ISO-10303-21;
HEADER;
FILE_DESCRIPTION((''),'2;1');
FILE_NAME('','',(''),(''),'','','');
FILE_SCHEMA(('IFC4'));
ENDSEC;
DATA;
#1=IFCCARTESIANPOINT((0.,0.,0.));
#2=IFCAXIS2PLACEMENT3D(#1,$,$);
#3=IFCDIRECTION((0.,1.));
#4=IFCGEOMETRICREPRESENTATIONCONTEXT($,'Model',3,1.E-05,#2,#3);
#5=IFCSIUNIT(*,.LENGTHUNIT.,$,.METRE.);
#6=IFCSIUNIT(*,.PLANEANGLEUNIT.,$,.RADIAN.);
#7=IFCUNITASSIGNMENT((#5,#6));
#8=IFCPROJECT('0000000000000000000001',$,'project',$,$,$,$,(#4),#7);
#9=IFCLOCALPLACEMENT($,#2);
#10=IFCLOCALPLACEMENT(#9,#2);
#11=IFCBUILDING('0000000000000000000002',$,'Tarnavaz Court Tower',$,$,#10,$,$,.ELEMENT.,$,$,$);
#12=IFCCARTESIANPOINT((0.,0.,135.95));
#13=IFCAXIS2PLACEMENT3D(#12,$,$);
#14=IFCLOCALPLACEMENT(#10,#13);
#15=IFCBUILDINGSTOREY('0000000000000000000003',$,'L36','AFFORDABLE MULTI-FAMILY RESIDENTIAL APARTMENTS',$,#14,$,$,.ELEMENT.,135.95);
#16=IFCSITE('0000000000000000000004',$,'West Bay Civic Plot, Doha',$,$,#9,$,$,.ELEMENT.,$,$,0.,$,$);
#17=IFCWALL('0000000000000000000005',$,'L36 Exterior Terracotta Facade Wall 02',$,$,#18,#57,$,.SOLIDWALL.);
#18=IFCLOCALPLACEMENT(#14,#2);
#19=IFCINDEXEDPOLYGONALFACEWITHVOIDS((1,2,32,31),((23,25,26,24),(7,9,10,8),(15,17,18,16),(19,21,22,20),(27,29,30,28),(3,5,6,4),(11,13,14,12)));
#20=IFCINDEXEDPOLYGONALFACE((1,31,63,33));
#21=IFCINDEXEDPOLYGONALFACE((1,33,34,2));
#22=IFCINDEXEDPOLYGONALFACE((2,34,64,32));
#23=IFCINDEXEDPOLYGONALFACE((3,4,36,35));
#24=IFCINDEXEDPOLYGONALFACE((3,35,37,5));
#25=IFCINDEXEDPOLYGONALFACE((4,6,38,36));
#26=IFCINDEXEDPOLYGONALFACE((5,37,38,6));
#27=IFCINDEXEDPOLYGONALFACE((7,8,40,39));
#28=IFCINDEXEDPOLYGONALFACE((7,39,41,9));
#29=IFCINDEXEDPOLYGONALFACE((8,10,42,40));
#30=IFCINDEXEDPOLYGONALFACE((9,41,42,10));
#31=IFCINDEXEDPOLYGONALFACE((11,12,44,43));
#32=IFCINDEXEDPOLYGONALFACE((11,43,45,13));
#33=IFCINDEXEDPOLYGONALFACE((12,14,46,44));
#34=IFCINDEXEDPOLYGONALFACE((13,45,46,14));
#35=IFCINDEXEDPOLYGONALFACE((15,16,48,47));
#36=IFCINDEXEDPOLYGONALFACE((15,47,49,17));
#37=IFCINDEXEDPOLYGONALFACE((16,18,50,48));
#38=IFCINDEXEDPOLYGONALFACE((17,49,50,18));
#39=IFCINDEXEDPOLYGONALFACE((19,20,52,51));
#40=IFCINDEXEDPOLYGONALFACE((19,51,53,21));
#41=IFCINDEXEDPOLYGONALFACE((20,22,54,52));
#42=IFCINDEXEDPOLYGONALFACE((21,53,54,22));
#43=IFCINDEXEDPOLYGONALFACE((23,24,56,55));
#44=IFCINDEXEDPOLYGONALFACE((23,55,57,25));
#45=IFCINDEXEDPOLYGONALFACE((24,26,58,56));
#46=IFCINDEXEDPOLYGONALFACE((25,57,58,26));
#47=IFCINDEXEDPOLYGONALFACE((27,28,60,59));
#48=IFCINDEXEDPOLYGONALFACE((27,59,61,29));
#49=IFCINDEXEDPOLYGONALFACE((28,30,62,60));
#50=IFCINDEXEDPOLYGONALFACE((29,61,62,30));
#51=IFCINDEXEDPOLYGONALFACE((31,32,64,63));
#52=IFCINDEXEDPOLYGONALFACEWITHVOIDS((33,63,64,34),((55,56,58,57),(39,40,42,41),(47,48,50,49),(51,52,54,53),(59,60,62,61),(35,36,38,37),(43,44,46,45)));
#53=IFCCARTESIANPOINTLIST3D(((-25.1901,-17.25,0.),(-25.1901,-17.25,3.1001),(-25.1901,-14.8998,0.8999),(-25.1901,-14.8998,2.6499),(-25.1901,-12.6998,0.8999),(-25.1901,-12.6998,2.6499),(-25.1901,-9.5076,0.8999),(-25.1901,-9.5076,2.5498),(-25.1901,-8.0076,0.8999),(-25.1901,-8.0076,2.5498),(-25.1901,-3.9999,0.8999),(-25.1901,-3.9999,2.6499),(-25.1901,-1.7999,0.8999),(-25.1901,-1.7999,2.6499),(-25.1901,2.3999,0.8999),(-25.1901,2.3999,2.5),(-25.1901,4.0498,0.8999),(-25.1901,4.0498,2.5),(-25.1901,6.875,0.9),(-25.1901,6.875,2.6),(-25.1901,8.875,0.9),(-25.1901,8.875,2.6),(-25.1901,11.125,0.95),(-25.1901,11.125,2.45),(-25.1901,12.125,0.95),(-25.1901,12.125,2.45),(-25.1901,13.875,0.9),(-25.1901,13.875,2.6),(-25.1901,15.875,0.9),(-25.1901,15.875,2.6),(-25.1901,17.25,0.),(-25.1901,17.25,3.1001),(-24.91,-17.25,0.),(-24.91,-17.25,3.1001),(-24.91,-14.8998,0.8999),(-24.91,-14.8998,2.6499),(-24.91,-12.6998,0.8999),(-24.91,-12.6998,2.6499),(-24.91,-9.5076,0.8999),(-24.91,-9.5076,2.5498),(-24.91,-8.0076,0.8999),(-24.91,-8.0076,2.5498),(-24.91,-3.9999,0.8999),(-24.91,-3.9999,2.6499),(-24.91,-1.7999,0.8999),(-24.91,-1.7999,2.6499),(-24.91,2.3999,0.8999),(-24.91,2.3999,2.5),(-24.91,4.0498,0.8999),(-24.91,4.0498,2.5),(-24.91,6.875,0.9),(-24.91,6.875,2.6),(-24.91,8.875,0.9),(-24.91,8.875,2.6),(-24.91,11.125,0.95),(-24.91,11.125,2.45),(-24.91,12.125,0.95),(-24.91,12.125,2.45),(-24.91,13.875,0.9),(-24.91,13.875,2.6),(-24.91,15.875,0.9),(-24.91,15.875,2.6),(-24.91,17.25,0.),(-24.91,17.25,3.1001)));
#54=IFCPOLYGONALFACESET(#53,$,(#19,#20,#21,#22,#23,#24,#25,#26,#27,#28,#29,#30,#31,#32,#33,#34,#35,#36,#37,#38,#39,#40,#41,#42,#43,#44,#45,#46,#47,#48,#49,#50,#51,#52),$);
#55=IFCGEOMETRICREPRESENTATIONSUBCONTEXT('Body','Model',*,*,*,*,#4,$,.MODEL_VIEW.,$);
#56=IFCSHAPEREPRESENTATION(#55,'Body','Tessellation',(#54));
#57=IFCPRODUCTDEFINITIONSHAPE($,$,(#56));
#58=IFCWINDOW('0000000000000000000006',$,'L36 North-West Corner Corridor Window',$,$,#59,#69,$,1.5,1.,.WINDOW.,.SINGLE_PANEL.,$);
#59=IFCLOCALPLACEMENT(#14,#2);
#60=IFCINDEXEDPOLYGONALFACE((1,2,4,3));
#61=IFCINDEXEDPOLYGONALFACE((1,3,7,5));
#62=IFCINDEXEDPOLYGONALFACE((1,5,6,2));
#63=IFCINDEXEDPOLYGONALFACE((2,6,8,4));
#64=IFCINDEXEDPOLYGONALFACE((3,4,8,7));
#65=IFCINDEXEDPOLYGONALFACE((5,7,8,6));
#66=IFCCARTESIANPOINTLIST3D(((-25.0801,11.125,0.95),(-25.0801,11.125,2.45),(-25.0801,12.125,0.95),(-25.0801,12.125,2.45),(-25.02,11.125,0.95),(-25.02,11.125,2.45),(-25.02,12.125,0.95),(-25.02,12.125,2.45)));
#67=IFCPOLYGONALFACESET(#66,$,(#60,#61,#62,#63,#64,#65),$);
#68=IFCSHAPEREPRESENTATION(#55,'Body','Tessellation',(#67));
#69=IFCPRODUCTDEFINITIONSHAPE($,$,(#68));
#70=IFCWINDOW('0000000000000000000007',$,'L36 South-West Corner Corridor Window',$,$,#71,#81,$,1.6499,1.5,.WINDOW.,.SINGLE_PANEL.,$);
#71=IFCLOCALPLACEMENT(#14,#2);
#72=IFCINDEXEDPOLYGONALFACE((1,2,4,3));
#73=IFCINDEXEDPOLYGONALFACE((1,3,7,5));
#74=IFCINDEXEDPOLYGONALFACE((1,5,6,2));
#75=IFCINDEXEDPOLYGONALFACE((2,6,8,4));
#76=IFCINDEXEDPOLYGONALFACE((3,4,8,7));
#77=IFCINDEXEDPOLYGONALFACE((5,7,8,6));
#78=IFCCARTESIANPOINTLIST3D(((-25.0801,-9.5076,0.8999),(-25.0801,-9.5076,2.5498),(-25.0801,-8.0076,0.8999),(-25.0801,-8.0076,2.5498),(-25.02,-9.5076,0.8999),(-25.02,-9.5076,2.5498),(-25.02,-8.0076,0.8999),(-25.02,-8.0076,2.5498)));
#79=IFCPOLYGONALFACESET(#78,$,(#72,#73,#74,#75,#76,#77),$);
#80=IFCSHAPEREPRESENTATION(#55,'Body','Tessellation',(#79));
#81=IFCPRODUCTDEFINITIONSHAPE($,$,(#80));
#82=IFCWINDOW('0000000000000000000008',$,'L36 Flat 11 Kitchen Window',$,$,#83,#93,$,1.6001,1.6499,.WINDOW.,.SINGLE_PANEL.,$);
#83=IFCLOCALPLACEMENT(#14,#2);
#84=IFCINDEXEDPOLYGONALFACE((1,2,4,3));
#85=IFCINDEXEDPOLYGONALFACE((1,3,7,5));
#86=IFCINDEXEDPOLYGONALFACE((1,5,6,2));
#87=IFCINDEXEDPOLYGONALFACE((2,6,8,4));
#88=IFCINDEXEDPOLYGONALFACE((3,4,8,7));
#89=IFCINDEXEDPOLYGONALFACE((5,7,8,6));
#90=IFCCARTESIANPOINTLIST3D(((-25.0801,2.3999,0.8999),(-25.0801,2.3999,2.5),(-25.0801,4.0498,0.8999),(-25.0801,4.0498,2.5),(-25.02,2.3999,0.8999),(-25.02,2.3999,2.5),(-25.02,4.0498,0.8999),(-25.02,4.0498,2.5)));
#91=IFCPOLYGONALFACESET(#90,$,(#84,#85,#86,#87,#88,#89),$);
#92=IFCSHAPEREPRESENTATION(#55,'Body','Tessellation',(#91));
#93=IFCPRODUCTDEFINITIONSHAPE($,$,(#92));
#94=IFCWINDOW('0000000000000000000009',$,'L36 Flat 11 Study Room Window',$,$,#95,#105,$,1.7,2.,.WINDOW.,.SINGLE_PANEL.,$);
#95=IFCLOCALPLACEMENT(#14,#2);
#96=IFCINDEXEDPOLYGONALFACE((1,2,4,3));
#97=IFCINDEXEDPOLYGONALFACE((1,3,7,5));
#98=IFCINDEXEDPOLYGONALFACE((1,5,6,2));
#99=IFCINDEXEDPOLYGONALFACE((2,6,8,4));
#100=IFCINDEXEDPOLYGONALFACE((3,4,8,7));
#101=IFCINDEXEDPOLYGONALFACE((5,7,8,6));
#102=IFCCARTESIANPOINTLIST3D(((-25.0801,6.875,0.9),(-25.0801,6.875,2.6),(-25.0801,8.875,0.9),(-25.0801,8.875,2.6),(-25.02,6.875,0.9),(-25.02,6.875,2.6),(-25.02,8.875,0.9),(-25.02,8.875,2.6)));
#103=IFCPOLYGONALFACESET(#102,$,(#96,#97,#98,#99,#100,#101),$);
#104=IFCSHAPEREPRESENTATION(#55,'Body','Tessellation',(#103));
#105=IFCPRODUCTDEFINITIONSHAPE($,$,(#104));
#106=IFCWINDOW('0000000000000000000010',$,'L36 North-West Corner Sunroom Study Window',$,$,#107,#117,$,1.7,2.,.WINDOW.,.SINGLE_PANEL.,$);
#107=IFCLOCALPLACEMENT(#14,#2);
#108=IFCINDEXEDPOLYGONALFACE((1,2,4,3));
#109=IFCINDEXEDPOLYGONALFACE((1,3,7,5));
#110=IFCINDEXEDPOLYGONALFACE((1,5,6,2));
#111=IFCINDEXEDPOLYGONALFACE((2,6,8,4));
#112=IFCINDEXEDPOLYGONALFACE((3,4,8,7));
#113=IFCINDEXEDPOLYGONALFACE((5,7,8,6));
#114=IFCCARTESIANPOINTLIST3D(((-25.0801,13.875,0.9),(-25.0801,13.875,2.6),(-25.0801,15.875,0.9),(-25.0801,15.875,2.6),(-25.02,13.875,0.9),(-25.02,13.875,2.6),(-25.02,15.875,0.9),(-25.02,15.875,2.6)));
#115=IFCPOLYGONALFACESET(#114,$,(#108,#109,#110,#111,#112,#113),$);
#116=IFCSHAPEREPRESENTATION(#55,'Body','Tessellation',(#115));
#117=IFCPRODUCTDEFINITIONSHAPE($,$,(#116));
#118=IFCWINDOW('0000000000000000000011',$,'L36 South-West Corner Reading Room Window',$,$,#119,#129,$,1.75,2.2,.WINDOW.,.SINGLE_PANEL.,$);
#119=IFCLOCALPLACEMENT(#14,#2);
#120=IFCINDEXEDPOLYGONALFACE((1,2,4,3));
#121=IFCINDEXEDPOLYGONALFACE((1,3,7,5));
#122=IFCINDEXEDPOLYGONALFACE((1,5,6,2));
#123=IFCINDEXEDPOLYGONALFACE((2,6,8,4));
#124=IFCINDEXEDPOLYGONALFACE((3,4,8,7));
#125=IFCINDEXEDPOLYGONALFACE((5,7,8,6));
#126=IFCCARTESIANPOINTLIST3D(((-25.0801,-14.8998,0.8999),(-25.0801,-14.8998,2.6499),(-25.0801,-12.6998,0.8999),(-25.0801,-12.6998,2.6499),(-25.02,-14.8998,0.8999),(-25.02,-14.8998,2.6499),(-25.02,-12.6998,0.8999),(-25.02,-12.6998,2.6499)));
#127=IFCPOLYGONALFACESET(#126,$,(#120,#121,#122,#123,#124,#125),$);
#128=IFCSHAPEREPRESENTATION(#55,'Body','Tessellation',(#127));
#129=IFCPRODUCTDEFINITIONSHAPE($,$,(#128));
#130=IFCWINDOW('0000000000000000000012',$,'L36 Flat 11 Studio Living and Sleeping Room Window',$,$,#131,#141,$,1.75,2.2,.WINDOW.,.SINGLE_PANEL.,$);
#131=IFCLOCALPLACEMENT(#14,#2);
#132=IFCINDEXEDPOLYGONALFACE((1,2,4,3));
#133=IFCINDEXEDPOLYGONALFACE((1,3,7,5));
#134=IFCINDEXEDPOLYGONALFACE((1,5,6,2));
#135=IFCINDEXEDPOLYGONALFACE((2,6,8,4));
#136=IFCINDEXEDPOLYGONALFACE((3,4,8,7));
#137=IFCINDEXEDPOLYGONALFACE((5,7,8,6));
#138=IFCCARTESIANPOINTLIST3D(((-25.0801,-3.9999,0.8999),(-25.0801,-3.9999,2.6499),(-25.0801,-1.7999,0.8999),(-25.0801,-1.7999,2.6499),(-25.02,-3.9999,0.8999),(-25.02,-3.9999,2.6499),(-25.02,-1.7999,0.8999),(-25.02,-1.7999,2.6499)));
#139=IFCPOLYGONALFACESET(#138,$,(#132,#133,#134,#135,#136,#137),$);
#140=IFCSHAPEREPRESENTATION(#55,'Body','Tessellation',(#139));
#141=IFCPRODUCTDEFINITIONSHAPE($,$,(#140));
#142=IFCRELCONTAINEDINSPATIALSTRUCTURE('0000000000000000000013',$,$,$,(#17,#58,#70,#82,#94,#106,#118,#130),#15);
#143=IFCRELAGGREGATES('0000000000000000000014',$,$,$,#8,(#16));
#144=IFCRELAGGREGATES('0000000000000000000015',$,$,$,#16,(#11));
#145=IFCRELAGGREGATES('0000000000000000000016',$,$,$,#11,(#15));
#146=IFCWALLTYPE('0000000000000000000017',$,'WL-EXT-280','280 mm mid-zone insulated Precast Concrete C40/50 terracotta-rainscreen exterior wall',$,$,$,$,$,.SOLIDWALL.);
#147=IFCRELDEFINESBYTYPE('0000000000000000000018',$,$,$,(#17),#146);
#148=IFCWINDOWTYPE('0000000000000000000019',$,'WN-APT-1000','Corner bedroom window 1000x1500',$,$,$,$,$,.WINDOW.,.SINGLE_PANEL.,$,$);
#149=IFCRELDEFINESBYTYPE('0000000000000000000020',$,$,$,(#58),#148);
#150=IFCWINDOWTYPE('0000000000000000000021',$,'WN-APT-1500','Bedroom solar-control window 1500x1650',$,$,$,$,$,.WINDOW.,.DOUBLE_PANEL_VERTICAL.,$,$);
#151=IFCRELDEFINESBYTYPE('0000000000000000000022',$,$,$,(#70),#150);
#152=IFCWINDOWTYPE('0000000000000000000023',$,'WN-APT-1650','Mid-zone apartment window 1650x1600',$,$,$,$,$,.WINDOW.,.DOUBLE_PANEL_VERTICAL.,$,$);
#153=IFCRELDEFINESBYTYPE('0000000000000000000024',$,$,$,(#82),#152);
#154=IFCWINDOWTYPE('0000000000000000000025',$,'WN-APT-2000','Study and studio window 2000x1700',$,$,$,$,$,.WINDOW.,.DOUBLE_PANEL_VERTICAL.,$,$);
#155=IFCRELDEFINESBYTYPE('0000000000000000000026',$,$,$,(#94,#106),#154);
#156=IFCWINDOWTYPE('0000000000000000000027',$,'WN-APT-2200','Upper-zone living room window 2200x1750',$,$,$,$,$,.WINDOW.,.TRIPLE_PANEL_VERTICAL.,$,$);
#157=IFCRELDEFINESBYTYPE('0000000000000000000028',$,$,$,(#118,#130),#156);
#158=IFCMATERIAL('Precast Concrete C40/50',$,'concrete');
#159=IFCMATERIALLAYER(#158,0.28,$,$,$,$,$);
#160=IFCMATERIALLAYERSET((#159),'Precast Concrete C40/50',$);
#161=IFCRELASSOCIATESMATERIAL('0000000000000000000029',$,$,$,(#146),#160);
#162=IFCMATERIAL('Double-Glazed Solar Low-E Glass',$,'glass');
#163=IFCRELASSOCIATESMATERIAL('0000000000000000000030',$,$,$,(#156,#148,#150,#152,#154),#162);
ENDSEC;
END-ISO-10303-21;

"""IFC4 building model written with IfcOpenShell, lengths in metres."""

from ifc_helpers import new_model, si_unit, direction, frame, frame_2d, origin, place, context, subcontext, project, spatial, rectangle, extrude, material, layer, layer_set, type_object, element, fill, save


model = new_model("IFC4")

# Units and contexts
model_context = context("Model", 3, precision=1e-05, world=origin(), true_north=direction((0.0, 1.0)))
body_context = subcontext(model_context, "Body", "Model", "MODEL_VIEW")
ifc_project = project(units=[si_unit("LENGTHUNIT", "METRE"), si_unit("PLANEANGLEUNIT", "RADIAN")], contexts=[model_context])

# Site, building, storey
site_placement = place(None, origin())
site = spatial("IfcSite", under=ifc_project, at=site_placement, Name="West Bay Civic Plot, Doha", CompositionType="ELEMENT", RefElevation=0.0)
building_placement = place(site_placement, origin())
building = spatial("IfcBuilding", under=site, at=building_placement, Name="Tarnavaz Court Tower", CompositionType="ELEMENT")
storey_placement = place(building_placement, frame((0.0, 0.0, 135.95)))
storey = spatial("IfcBuildingStorey", under=building, at=storey_placement, Name="L36", Description="AFFORDABLE MULTI-FAMILY RESIDENTIAL APARTMENTS", CompositionType="ELEMENT", Elevation=135.95)

# Shared definitions
ifc_material_1 = material(Name="Precast Concrete C40/50", Category="concrete")
ifc_layer_1 = layer(ifc_material_1, 0.28)
ifc_layer_set_1 = layer_set([ifc_layer_1], Name="Precast Concrete C40/50")
wall_type_1 = type_object("IfcWallType", Name="WL-EXT-280", Description="280 mm mid-zone insulated Precast Concrete C40/50 terracotta-rainscreen exterior wall", PredefinedType="SOLIDWALL", material=ifc_layer_set_1)
ifc_material_2 = material(Name="Double-Glazed Solar Low-E Glass", Category="glass")
window_type_1 = type_object("IfcWindowType", Name="WN-APT-2200", Description="Upper-zone living room window 2200x1750", PartitioningType="TRIPLE_PANEL_VERTICAL", PredefinedType="WINDOW", material=ifc_material_2)

# Wall, openings, windows
wall_1_placement = place(storey_placement, frame((-25.05, -17.25, 0.0), z_axis=(0.0, 0.0, 1.0), x_axis=(0.0, 1.0, 0.0)))
wall_1 = element("IfcWall", 1, at=wall_1_placement, inside=storey, type_object=wall_type_1, Name="L36 Exterior Terracotta Facade Wall 02", PredefinedType="SOLIDWALL", context=body_context, shape_type="SweptSolid", body=[
    extrude(rectangle(XDim=34.5, YDim=0.28, at=frame_2d((17.25, 0.0))), origin(), (0.0, 0.0, 1.0), 3.1001),
])
opening_1_placement = place(wall_1_placement, frame((2.3501, 0.0, 0.8999)))
opening_1 = element("IfcOpeningElement", 2, at=opening_1_placement, cuts=wall_1, PredefinedType="OPENING", context=body_context, shape_type="SweptSolid", body=[
    extrude(rectangle(XDim=2.2, YDim=1.75, at=frame_2d((1.1001, 0.875))), frame((0.0, 0.1499, 0.0), z_axis=(0.0, -1.0, 0.0), x_axis=(1.0, 0.0, 0.0)), (0.0, 0.0, 1.0), 0.3),
])
opening_2_placement = place(wall_1_placement, frame((7.7424, 0.0, 0.8999)))
opening_2 = element("IfcOpeningElement", 3, at=opening_2_placement, cuts=wall_1, PredefinedType="OPENING", context=body_context, shape_type="SweptSolid", body=[
    extrude(rectangle(XDim=1.5, YDim=1.6499, at=frame_2d((0.75, 0.825))), frame((0.0, 0.1499, 0.0), z_axis=(0.0, -1.0, 0.0), x_axis=(1.0, 0.0, 0.0)), (0.0, 0.0, 1.0), 0.3),
])
opening_3_placement = place(wall_1_placement, frame((13.25, 0.0, 0.8999)))
opening_3 = element("IfcOpeningElement", 4, at=opening_3_placement, cuts=wall_1, PredefinedType="OPENING", context=body_context, shape_type="SweptSolid", body=[
    extrude(rectangle(XDim=2.2, YDim=1.75, at=frame_2d((1.1001, 0.875))), frame((0.0, 0.1499, 0.0), z_axis=(0.0, -1.0, 0.0), x_axis=(1.0, 0.0, 0.0)), (0.0, 0.0, 1.0), 0.3),
])
opening_4_placement = place(wall_1_placement, frame((19.6499, 0.0, 0.8999)))
opening_4 = element("IfcOpeningElement", 5, at=opening_4_placement, cuts=wall_1, PredefinedType="OPENING", context=body_context, shape_type="SweptSolid", body=[
    extrude(rectangle(XDim=1.6499, YDim=1.6001, at=frame_2d((0.825, 0.8))), frame((0.0, 0.1499, 0.0), z_axis=(0.0, -1.0, 0.0), x_axis=(1.0, 0.0, 0.0)), (0.0, 0.0, 1.0), 0.3),
])
opening_5_placement = place(wall_1_placement, frame((24.125, 0.0, 0.8999)))
opening_5 = element("IfcOpeningElement", 6, at=opening_5_placement, cuts=wall_1, PredefinedType="OPENING", context=body_context, shape_type="SweptSolid", body=[
    extrude(rectangle(XDim=2.0, YDim=1.7, at=frame_2d((1.0, 0.8501))), frame((0.0, 0.1499, 0.0), z_axis=(0.0, -1.0, 0.0), x_axis=(1.0, 0.0, 0.0)), (0.0, 0.0, 1.0), 0.3),
])
opening_6_placement = place(wall_1_placement, frame((28.375, 0.0, 0.95)))
opening_6 = element("IfcOpeningElement", 7, at=opening_6_placement, cuts=wall_1, PredefinedType="OPENING", context=body_context, shape_type="SweptSolid", body=[
    extrude(rectangle(XDim=1.0, YDim=1.5, at=frame_2d((0.5, 0.75))), frame((0.0, 0.1499, 0.0), z_axis=(0.0, -1.0, 0.0), x_axis=(1.0, 0.0, 0.0)), (0.0, 0.0, 1.0), 0.3),
])
opening_7_placement = place(wall_1_placement, frame((31.125, 0.0, 0.8999)))
opening_7 = element("IfcOpeningElement", 8, at=opening_7_placement, cuts=wall_1, PredefinedType="OPENING", context=body_context, shape_type="SweptSolid", body=[
    extrude(rectangle(XDim=2.0, YDim=1.7, at=frame_2d((1.0, 0.8501))), frame((0.0, 0.1499, 0.0), z_axis=(0.0, -1.0, 0.0), x_axis=(1.0, 0.0, 0.0)), (0.0, 0.0, 1.0), 0.3),
])
window_type_2 = type_object("IfcWindowType", Name="WN-APT-1000", Description="Corner bedroom window 1000x1500", PartitioningType="SINGLE_PANEL", PredefinedType="WINDOW", material=ifc_material_2)
window_1_placement = place(opening_6_placement, origin())
window_1 = element("IfcWindow", 9, at=window_1_placement, inside=storey, type_object=window_type_2, Name="L36 North-West Corner Corridor Window", OverallHeight=1.5, OverallWidth=1.0, PartitioningType="SINGLE_PANEL", PredefinedType="WINDOW", context=body_context, shape_type="SweptSolid", body=[
    extrude(rectangle(XDim=1.0, YDim=1.5, at=frame_2d((0.5, 0.75))), frame((0.0, 0.03, 0.0), z_axis=(0.0, -1.0, 0.0), x_axis=(1.0, 0.0, 0.0)), (0.0, 0.0, 1.0), 0.0601),
])
fill(opening_6, window_1)
window_type_3 = type_object("IfcWindowType", Name="WN-APT-1500", Description="Bedroom solar-control window 1500x1650", PartitioningType="DOUBLE_PANEL_VERTICAL", PredefinedType="WINDOW", material=ifc_material_2)
window_2_placement = place(opening_2_placement, origin())
window_2 = element("IfcWindow", 10, at=window_2_placement, inside=storey, type_object=window_type_3, Name="L36 South-West Corner Corridor Window", OverallHeight=1.6499, OverallWidth=1.5, PartitioningType="SINGLE_PANEL", PredefinedType="WINDOW", context=body_context, shape_type="SweptSolid", body=[
    extrude(rectangle(XDim=1.5, YDim=1.6499, at=frame_2d((0.75, 0.825))), frame((0.0, 0.03, 0.0), z_axis=(0.0, -1.0, 0.0), x_axis=(1.0, 0.0, 0.0)), (0.0, 0.0, 1.0), 0.0601),
])
fill(opening_2, window_2)
window_type_4 = type_object("IfcWindowType", Name="WN-APT-1650", Description="Mid-zone apartment window 1650x1600", PartitioningType="DOUBLE_PANEL_VERTICAL", PredefinedType="WINDOW", material=ifc_material_2)
window_3_placement = place(opening_4_placement, origin())
window_3 = element("IfcWindow", 11, at=window_3_placement, inside=storey, type_object=window_type_4, Name="L36 Flat 11 Kitchen Window", OverallHeight=1.6001, OverallWidth=1.6499, PartitioningType="SINGLE_PANEL", PredefinedType="WINDOW", context=body_context, shape_type="SweptSolid", body=[
    extrude(rectangle(XDim=1.6499, YDim=1.6001, at=frame_2d((0.825, 0.8))), frame((0.0, 0.03, 0.0), z_axis=(0.0, -1.0, 0.0), x_axis=(1.0, 0.0, 0.0)), (0.0, 0.0, 1.0), 0.0601),
])
fill(opening_4, window_3)
window_type_5 = type_object("IfcWindowType", Name="WN-APT-2000", Description="Study and studio window 2000x1700", PartitioningType="DOUBLE_PANEL_VERTICAL", PredefinedType="WINDOW", material=ifc_material_2)
window_4_placement = place(opening_5_placement, origin())
window_4 = element("IfcWindow", 12, at=window_4_placement, inside=storey, type_object=window_type_5, Name="L36 Flat 11 Study Room Window", OverallHeight=1.7, OverallWidth=2.0, PartitioningType="SINGLE_PANEL", PredefinedType="WINDOW", context=body_context, shape_type="SweptSolid", body=[
    extrude(rectangle(XDim=2.0, YDim=1.7, at=frame_2d((1.0, 0.8501))), frame((0.0, 0.03, 0.0), z_axis=(0.0, -1.0, 0.0), x_axis=(1.0, 0.0, 0.0)), (0.0, 0.0, 1.0), 0.0601),
])
fill(opening_5, window_4)
window_5_placement = place(opening_7_placement, origin())
window_5 = element("IfcWindow", 13, at=window_5_placement, inside=storey, type_object=window_type_5, Name="L36 North-West Corner Sunroom Study Window", OverallHeight=1.7, OverallWidth=2.0, PartitioningType="SINGLE_PANEL", PredefinedType="WINDOW", context=body_context, shape_type="SweptSolid", body=[
    extrude(rectangle(XDim=2.0, YDim=1.7, at=frame_2d((1.0, 0.8501))), frame((0.0, 0.03, 0.0), z_axis=(0.0, -1.0, 0.0), x_axis=(1.0, 0.0, 0.0)), (0.0, 0.0, 1.0), 0.0601),
])
fill(opening_7, window_5)
window_6_placement = place(opening_1_placement, origin())
window_6 = element("IfcWindow", 14, at=window_6_placement, inside=storey, type_object=window_type_1, Name="L36 South-West Corner Reading Room Window", OverallHeight=1.75, OverallWidth=2.2, PartitioningType="SINGLE_PANEL", PredefinedType="WINDOW", context=body_context, shape_type="SweptSolid", body=[
    extrude(rectangle(XDim=2.2, YDim=1.75, at=frame_2d((1.1001, 0.875))), frame((0.0, 0.03, 0.0), z_axis=(0.0, -1.0, 0.0), x_axis=(1.0, 0.0, 0.0)), (0.0, 0.0, 1.0), 0.0601),
])
fill(opening_1, window_6)
window_7_placement = place(opening_3_placement, origin())
window_7 = element("IfcWindow", 15, at=window_7_placement, inside=storey, type_object=window_type_1, Name="L36 Flat 11 Studio Living and Sleeping Room Window", OverallHeight=1.75, OverallWidth=2.2, PartitioningType="SINGLE_PANEL", PredefinedType="WINDOW", context=body_context, shape_type="SweptSolid", body=[
    extrude(rectangle(XDim=2.2, YDim=1.75, at=frame_2d((1.1001, 0.875))), frame((0.0, 0.03, 0.0), z_axis=(0.0, -1.0, 0.0), x_axis=(1.0, 0.0, 0.0)), (0.0, 0.0, 1.0), 0.0601),
])
fill(opening_3, window_7)

save(model, "model.ifc")
